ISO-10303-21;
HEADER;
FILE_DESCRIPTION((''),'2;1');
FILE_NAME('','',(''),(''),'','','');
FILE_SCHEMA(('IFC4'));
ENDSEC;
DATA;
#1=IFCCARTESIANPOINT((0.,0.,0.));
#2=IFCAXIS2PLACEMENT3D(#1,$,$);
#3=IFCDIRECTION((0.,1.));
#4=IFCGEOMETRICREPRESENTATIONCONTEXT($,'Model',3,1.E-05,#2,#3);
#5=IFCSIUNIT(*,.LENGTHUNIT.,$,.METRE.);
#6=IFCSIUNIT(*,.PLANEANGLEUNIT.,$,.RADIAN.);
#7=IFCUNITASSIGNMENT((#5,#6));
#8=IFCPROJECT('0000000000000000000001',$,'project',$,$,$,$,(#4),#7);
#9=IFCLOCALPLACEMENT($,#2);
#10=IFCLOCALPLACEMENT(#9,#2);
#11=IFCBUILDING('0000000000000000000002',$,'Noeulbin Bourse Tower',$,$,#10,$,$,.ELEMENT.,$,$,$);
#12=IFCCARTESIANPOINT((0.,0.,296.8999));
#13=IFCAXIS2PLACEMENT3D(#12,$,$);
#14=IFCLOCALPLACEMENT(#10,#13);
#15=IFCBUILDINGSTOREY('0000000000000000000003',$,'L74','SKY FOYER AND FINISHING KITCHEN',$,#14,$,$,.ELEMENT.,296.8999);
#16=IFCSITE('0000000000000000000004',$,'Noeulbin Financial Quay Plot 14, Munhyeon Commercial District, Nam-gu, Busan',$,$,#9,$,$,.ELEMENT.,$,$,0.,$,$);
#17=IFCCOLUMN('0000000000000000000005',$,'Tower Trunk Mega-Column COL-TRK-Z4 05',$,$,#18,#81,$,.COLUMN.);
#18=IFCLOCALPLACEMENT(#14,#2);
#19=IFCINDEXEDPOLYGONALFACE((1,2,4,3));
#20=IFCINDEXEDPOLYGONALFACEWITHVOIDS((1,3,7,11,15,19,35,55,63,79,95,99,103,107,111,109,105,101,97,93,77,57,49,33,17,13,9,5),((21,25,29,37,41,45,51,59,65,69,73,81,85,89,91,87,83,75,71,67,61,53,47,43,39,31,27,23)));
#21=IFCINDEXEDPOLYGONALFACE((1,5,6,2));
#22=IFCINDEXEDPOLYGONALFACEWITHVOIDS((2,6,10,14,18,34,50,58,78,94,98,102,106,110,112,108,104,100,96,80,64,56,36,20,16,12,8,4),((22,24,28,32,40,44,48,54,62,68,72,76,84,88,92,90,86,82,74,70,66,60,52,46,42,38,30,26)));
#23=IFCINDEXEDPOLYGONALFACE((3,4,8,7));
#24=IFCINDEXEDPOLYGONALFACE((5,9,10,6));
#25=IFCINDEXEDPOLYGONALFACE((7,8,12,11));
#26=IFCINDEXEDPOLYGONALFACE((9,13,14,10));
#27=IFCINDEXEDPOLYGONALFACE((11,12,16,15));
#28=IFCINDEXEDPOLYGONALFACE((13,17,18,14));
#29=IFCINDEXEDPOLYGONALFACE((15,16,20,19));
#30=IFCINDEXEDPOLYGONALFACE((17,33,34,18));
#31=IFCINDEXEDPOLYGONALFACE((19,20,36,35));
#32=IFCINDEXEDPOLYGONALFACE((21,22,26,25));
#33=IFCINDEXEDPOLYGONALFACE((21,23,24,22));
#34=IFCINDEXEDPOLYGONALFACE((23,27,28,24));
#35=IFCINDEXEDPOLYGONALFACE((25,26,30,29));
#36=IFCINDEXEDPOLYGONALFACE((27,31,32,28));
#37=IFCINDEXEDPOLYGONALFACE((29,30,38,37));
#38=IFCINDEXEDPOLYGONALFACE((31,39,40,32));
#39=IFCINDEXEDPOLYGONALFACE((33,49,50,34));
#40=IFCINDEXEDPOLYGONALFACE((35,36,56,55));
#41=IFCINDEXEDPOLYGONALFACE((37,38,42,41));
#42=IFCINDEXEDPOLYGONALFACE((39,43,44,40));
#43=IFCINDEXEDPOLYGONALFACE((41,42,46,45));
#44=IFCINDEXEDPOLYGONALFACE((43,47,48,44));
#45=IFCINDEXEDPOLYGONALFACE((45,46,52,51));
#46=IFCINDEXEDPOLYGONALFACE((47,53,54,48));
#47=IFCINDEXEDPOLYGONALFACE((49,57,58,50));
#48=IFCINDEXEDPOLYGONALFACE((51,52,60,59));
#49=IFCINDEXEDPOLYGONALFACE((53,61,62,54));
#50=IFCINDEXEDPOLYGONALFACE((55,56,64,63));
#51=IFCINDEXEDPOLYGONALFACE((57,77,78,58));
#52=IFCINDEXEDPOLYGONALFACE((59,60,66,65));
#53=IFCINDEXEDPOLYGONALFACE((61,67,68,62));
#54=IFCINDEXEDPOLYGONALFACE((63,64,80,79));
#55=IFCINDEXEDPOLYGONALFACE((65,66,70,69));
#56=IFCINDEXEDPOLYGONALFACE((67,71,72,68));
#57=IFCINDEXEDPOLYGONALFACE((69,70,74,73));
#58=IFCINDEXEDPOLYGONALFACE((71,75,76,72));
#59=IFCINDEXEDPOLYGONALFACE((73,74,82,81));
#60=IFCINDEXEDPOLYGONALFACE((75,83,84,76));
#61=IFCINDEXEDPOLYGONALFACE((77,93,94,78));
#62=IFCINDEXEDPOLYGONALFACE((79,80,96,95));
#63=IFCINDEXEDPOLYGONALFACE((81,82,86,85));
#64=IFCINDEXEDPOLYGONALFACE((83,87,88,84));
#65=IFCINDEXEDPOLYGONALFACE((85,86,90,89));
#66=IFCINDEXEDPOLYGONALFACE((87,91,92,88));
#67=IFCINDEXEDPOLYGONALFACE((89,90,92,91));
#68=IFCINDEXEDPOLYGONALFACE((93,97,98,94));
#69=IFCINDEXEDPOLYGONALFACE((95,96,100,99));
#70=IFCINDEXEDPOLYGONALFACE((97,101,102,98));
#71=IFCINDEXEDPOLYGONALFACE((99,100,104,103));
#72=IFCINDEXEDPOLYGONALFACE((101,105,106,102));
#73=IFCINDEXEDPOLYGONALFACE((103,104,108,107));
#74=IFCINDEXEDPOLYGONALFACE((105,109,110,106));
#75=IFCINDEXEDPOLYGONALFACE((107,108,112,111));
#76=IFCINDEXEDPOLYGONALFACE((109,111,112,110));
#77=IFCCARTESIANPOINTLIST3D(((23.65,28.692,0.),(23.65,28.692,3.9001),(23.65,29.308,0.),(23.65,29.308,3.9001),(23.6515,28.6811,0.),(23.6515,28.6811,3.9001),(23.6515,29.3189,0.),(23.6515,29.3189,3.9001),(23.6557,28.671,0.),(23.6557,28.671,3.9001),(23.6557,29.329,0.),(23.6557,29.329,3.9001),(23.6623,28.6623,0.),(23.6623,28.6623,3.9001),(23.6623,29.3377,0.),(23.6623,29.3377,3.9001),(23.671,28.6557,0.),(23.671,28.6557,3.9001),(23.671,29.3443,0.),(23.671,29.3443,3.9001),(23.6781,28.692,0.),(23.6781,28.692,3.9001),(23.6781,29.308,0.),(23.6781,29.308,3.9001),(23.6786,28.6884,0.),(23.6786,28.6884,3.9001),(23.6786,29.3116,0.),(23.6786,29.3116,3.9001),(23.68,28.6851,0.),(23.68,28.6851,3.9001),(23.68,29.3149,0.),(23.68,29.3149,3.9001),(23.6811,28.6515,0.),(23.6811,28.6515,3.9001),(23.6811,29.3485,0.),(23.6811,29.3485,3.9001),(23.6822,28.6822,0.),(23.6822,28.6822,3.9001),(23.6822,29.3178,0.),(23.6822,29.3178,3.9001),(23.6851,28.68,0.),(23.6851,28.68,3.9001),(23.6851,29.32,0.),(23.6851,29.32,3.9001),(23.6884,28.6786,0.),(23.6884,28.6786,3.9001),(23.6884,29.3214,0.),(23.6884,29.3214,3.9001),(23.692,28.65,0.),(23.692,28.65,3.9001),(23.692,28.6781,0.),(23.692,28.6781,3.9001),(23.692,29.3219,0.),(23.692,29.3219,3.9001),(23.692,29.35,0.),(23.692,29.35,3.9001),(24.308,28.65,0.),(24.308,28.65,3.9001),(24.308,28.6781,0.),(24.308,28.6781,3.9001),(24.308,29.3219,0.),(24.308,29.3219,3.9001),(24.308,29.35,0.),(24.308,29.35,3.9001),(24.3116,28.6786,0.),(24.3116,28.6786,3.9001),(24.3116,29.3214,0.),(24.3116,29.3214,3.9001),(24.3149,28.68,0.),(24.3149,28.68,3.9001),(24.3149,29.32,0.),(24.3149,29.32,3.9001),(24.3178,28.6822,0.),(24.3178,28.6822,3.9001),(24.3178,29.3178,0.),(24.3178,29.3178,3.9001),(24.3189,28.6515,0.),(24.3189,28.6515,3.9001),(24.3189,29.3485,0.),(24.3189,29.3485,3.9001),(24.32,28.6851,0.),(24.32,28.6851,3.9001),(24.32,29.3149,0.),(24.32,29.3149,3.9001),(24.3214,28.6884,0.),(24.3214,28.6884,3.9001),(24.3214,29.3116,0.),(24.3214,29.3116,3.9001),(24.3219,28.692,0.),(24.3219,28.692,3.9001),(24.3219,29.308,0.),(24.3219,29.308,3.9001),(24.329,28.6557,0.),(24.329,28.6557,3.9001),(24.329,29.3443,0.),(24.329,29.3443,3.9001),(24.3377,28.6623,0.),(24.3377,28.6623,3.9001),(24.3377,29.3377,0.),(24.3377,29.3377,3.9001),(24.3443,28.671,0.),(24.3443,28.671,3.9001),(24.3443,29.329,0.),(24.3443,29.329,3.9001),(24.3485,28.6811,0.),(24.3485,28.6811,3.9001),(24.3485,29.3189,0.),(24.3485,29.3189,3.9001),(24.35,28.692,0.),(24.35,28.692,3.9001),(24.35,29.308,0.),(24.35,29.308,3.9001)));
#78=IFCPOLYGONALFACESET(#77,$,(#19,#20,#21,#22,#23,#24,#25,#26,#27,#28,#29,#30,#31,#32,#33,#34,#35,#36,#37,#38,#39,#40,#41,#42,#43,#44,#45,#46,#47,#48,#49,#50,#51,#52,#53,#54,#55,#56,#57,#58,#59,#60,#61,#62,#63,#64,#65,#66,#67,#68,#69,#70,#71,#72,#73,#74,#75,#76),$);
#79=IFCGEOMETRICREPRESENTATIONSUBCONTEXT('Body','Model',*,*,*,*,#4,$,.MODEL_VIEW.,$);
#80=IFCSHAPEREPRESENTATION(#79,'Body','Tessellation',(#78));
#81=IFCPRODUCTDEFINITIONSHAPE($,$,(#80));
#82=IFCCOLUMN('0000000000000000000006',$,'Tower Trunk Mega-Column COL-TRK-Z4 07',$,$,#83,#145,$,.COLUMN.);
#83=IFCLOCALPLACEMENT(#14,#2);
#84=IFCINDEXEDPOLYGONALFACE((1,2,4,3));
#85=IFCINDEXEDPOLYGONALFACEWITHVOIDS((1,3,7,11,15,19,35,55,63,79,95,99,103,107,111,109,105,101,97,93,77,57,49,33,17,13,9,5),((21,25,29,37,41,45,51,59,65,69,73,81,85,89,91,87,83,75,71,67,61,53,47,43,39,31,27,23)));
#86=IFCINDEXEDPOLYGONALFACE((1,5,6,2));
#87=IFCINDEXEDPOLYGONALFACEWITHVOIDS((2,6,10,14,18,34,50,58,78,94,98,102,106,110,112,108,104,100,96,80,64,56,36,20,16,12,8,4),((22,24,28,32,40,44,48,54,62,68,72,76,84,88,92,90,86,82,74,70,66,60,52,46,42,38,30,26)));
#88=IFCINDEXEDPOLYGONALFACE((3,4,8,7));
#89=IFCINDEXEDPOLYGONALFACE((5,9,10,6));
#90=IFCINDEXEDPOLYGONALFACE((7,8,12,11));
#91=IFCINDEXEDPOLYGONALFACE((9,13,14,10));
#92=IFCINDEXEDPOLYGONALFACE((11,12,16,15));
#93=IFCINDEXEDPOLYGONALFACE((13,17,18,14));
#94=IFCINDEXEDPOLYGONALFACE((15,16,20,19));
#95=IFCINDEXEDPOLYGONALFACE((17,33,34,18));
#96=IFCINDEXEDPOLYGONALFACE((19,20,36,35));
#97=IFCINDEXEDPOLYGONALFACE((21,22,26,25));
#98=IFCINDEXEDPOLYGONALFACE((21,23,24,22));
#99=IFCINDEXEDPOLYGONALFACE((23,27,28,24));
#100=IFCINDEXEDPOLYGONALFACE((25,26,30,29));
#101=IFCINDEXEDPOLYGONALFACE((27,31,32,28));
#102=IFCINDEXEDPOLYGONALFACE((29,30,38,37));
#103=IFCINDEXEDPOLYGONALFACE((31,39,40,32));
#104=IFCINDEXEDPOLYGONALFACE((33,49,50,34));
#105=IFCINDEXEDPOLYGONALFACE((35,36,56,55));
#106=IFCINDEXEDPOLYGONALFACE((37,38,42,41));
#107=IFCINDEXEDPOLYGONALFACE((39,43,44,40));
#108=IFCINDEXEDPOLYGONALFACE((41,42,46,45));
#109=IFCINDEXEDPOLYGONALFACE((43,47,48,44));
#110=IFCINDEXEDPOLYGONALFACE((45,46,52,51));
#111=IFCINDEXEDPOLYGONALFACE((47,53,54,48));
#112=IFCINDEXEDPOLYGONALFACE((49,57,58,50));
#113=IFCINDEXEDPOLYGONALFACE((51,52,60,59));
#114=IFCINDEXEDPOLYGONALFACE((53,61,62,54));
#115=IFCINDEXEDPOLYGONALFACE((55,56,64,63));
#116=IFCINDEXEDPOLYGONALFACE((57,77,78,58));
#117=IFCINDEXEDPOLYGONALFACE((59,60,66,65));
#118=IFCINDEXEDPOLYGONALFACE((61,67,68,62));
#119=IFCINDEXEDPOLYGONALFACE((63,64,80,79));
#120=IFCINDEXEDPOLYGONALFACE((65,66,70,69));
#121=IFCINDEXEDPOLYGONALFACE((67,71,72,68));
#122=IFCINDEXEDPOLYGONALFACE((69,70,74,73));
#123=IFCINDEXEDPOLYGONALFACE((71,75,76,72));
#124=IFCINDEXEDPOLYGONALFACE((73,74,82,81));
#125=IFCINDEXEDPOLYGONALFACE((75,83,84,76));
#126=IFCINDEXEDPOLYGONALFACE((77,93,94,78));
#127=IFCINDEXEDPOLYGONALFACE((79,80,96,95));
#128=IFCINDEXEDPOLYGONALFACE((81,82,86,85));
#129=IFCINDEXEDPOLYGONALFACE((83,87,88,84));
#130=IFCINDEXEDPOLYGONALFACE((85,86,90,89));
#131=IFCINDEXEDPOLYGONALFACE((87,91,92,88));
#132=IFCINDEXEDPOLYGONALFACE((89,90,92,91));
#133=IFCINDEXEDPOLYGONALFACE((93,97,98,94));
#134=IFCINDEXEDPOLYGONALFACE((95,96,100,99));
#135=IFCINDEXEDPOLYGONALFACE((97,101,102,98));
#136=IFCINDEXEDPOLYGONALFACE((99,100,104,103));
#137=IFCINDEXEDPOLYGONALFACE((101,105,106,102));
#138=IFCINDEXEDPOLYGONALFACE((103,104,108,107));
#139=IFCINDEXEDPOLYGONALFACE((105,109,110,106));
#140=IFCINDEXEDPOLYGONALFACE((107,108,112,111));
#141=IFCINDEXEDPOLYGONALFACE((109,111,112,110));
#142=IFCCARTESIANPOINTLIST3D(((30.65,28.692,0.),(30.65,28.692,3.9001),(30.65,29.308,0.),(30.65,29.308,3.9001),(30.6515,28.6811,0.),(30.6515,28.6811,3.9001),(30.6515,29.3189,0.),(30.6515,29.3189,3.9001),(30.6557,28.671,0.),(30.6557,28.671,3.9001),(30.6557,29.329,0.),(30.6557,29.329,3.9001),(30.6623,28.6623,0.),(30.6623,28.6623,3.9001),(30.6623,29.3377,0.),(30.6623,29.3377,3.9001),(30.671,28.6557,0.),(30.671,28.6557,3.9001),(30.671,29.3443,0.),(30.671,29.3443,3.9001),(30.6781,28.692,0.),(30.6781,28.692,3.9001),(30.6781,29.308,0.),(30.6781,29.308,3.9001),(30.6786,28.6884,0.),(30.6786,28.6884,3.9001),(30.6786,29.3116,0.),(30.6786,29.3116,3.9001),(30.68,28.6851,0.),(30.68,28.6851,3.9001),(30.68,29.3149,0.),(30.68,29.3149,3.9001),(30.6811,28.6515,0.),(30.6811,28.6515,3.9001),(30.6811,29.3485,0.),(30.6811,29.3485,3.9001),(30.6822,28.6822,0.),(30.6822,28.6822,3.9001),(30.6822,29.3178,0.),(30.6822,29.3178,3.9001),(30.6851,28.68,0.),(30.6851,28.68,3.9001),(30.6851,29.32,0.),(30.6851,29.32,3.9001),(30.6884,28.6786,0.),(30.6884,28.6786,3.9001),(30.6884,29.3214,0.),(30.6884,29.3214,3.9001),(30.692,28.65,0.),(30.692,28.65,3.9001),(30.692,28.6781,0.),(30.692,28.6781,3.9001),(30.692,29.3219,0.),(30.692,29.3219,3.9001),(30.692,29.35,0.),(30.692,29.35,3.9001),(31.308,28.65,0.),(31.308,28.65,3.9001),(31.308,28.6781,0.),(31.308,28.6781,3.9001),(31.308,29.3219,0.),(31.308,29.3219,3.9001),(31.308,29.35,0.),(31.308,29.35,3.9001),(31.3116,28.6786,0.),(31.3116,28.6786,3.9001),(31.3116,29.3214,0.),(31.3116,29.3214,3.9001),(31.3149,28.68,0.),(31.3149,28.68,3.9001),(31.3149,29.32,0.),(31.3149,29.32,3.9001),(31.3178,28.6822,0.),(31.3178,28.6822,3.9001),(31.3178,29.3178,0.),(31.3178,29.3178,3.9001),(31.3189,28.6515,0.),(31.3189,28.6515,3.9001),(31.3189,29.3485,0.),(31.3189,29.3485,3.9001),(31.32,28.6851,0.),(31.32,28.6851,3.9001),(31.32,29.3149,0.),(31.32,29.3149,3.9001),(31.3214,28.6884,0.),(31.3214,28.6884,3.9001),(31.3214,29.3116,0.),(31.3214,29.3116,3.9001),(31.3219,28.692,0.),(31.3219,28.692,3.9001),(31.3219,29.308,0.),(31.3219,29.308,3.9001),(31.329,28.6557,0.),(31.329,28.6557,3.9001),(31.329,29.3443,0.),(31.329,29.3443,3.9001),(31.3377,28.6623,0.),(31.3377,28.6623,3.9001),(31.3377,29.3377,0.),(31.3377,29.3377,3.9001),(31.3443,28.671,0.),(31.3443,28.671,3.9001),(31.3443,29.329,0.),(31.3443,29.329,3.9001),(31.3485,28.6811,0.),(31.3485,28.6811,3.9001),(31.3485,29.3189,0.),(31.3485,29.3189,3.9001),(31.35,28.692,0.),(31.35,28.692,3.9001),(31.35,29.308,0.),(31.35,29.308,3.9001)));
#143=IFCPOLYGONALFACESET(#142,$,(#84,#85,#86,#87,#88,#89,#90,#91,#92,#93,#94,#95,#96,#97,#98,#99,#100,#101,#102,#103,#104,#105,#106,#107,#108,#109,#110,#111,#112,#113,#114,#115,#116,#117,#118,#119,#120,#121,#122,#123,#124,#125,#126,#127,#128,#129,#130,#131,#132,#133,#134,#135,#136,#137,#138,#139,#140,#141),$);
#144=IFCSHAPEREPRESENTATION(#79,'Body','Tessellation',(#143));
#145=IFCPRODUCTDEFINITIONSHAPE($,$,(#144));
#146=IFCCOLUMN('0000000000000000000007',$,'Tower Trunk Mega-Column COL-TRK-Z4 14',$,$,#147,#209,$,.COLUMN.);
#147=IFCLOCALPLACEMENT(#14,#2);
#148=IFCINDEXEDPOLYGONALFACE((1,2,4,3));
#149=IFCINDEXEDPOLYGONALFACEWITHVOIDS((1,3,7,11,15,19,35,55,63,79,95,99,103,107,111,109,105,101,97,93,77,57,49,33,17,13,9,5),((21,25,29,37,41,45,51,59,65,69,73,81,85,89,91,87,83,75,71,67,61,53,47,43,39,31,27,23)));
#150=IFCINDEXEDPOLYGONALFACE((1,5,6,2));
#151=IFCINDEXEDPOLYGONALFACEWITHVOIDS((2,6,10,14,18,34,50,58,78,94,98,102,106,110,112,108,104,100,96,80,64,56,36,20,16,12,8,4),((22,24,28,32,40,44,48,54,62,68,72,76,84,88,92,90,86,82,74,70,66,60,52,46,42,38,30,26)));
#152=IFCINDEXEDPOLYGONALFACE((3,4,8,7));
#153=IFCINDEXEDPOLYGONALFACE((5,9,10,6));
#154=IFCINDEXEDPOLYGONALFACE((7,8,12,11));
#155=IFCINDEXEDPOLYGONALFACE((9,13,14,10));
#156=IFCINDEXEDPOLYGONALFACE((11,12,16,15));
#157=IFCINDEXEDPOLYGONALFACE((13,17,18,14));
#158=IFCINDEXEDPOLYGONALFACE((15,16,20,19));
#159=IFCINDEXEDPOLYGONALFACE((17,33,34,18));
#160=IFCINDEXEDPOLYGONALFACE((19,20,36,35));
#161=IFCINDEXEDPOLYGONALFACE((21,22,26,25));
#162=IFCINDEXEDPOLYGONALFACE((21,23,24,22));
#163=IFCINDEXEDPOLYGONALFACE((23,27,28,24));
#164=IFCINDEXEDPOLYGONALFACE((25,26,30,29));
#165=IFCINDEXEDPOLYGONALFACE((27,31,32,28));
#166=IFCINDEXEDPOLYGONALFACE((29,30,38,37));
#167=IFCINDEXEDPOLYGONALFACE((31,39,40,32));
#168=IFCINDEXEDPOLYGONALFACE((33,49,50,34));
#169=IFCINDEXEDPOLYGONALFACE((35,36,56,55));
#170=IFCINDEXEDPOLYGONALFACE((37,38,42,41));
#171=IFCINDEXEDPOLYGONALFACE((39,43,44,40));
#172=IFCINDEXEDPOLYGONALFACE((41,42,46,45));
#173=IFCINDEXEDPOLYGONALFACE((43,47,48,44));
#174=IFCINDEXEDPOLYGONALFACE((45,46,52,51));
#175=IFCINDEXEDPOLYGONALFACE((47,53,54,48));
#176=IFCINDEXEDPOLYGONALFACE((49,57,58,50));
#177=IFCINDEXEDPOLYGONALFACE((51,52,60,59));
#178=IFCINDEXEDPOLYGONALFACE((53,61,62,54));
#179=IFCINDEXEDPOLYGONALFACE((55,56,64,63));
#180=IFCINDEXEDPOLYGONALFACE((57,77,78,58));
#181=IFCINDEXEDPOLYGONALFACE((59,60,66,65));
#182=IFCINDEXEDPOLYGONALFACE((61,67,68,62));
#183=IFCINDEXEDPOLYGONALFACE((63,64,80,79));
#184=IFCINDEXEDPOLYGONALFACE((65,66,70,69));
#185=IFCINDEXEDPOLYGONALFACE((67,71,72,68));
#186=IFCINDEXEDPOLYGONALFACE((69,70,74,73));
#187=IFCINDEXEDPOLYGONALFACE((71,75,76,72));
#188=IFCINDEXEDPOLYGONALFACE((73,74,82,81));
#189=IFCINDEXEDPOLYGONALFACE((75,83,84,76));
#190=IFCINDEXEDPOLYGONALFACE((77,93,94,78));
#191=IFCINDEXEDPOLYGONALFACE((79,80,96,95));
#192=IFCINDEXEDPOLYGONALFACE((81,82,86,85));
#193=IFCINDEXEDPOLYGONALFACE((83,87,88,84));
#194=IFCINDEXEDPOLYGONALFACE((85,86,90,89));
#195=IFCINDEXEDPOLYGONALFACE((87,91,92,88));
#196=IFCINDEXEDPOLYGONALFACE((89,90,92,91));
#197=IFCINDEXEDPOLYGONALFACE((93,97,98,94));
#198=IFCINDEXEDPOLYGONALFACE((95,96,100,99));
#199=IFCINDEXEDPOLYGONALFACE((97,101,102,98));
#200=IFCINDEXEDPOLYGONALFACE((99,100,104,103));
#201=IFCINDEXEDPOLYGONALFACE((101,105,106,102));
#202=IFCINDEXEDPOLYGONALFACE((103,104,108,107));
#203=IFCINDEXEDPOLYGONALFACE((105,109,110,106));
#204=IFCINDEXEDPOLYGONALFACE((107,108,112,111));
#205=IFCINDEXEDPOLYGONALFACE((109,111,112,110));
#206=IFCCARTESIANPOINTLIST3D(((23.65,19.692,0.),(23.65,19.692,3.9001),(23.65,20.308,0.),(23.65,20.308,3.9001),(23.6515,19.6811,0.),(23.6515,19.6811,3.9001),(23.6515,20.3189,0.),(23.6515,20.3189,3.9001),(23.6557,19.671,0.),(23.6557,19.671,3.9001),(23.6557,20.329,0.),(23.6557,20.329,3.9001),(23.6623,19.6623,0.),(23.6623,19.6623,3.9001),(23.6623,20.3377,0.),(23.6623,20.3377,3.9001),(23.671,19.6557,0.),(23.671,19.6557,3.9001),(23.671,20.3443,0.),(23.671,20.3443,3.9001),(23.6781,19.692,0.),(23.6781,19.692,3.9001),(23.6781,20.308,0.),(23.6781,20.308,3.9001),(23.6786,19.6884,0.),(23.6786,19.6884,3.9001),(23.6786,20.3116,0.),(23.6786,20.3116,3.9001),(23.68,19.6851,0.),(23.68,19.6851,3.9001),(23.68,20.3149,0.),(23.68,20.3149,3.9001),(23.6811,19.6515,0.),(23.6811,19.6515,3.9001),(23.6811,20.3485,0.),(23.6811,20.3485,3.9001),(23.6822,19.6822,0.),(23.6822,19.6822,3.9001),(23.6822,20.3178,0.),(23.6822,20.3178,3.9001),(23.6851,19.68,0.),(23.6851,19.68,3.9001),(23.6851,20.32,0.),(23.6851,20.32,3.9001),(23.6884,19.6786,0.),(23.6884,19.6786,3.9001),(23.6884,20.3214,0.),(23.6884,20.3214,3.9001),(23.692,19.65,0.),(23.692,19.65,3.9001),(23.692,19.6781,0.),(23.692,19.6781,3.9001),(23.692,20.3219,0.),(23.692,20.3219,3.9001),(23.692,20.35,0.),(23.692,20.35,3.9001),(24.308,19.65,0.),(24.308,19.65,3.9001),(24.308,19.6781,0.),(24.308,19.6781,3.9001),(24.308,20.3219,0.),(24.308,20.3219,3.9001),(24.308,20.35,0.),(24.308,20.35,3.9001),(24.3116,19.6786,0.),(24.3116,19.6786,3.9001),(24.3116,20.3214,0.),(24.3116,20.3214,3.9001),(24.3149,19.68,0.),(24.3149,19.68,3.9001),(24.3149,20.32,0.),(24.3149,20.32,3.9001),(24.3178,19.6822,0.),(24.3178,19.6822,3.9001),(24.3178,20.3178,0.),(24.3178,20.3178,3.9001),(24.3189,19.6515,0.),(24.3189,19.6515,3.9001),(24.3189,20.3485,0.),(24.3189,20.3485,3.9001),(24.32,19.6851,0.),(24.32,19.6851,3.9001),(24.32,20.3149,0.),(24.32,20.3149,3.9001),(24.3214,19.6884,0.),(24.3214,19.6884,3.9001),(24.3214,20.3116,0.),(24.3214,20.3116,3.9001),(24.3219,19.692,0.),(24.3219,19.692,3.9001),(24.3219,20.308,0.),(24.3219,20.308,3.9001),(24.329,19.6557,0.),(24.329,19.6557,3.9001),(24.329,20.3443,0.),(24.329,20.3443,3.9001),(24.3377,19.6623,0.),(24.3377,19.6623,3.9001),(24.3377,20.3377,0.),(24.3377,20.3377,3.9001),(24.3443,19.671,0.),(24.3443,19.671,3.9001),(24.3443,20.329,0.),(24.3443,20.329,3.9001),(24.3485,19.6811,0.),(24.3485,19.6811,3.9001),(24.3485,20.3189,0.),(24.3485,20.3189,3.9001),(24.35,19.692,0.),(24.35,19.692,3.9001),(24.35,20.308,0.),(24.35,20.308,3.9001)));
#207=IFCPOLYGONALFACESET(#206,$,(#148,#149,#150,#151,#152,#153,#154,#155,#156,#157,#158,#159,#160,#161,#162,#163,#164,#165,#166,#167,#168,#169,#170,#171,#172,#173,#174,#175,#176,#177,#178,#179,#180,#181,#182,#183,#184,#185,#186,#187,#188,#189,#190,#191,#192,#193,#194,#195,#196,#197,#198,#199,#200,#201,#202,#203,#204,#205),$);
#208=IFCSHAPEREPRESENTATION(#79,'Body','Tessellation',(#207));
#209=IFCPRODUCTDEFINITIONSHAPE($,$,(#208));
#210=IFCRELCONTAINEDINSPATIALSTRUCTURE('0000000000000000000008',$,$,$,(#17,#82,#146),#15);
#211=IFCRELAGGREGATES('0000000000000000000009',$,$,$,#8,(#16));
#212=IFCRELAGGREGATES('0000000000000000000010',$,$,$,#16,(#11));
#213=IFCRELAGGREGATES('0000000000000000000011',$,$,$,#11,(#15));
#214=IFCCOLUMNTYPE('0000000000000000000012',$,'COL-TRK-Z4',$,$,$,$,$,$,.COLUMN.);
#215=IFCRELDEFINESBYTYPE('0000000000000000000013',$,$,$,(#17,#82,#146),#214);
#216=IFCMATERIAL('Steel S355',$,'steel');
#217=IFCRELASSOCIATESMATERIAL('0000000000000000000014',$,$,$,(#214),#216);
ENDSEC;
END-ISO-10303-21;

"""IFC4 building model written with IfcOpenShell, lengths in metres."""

from ifc_helpers import new_model, si_unit, direction, frame, origin, origin_2d, place, context, subcontext, project, spatial, hollow_rectangle, extrude, material, material_profile, profile_set, type_object, element, save


model = new_model("IFC4")

# Units and contexts
model_context = context("Model", 3, precision=1e-05, world=origin(), true_north=direction((0.0, 1.0)))
body_context = subcontext(model_context, "Body", "Model", "MODEL_VIEW")
ifc_project = project(units=[si_unit("LENGTHUNIT", "METRE"), si_unit("PLANEANGLEUNIT", "RADIAN")], contexts=[model_context])

# Site, building, storey
site_placement = place(None, origin())
site = spatial("IfcSite", under=ifc_project, at=site_placement, Name="Noeulbin Financial Quay Plot 14, Munhyeon Commercial District, Nam-gu, Busan", CompositionType="ELEMENT", RefElevation=0.0)
building_placement = place(site_placement, origin())
building = spatial("IfcBuilding", under=site, at=building_placement, Name="Noeulbin Bourse Tower", CompositionType="ELEMENT")
storey_placement = place(building_placement, frame((0.0, 0.0, 296.8999)))
storey = spatial("IfcBuildingStorey", under=building, at=storey_placement, Name="L74", Description="SKY FOYER AND FINISHING KITCHEN", CompositionType="ELEMENT", Elevation=296.8999)

# Columns
ifc_material_1 = material(Name="Steel S355", Category="steel")
ifc_material_profile_1 = material_profile(ifc_material_1, hollow_rectangle(XDim=0.7, YDim=0.7, WallThickness=0.0281, InnerFilletRadius=0.0139, OuterFilletRadius=0.042, at=origin_2d()), Name="BOX-700x700x28", Category="LoadBearing")
ifc_profile_set_1 = profile_set([ifc_material_profile_1], Name="Steel S355")
column_type = type_object("IfcColumnType", Name="COL-TRK-Z4", PredefinedType="COLUMN", material=ifc_profile_set_1)
for number, where, z_axis, x_axis, name in (
    (1, (24.0, 29.0, 0.0), (0.0, 0.0, 1.0), (1.0, 0.0, 0.0), "Tower Trunk Mega-Column COL-TRK-Z4 05"),
    (2, (31.0, 29.0, 0.0), (0.0, 0.0, 1.0), (1.0, 0.0, 0.0), "Tower Trunk Mega-Column COL-TRK-Z4 07"),
    (3, (24.0, 20.0, 0.0), (0.0, 0.0, 1.0), (1.0, 0.0, 0.0), "Tower Trunk Mega-Column COL-TRK-Z4 14"),
):
    element("IfcColumn", number, at=place(storey_placement, frame(where, z_axis=z_axis, x_axis=x_axis)), inside=storey, type_object=column_type, Name=name, PredefinedType="COLUMN", context=body_context, shape_type="SweptSolid", body=[
        extrude(hollow_rectangle(XDim=0.7, YDim=0.7, WallThickness=0.0281, InnerFilletRadius=0.0139, OuterFilletRadius=0.042, at=origin_2d()), origin(), (0.0, 0.0, 1.0), 3.9001),
    ])

save(model, "model.ifc")
